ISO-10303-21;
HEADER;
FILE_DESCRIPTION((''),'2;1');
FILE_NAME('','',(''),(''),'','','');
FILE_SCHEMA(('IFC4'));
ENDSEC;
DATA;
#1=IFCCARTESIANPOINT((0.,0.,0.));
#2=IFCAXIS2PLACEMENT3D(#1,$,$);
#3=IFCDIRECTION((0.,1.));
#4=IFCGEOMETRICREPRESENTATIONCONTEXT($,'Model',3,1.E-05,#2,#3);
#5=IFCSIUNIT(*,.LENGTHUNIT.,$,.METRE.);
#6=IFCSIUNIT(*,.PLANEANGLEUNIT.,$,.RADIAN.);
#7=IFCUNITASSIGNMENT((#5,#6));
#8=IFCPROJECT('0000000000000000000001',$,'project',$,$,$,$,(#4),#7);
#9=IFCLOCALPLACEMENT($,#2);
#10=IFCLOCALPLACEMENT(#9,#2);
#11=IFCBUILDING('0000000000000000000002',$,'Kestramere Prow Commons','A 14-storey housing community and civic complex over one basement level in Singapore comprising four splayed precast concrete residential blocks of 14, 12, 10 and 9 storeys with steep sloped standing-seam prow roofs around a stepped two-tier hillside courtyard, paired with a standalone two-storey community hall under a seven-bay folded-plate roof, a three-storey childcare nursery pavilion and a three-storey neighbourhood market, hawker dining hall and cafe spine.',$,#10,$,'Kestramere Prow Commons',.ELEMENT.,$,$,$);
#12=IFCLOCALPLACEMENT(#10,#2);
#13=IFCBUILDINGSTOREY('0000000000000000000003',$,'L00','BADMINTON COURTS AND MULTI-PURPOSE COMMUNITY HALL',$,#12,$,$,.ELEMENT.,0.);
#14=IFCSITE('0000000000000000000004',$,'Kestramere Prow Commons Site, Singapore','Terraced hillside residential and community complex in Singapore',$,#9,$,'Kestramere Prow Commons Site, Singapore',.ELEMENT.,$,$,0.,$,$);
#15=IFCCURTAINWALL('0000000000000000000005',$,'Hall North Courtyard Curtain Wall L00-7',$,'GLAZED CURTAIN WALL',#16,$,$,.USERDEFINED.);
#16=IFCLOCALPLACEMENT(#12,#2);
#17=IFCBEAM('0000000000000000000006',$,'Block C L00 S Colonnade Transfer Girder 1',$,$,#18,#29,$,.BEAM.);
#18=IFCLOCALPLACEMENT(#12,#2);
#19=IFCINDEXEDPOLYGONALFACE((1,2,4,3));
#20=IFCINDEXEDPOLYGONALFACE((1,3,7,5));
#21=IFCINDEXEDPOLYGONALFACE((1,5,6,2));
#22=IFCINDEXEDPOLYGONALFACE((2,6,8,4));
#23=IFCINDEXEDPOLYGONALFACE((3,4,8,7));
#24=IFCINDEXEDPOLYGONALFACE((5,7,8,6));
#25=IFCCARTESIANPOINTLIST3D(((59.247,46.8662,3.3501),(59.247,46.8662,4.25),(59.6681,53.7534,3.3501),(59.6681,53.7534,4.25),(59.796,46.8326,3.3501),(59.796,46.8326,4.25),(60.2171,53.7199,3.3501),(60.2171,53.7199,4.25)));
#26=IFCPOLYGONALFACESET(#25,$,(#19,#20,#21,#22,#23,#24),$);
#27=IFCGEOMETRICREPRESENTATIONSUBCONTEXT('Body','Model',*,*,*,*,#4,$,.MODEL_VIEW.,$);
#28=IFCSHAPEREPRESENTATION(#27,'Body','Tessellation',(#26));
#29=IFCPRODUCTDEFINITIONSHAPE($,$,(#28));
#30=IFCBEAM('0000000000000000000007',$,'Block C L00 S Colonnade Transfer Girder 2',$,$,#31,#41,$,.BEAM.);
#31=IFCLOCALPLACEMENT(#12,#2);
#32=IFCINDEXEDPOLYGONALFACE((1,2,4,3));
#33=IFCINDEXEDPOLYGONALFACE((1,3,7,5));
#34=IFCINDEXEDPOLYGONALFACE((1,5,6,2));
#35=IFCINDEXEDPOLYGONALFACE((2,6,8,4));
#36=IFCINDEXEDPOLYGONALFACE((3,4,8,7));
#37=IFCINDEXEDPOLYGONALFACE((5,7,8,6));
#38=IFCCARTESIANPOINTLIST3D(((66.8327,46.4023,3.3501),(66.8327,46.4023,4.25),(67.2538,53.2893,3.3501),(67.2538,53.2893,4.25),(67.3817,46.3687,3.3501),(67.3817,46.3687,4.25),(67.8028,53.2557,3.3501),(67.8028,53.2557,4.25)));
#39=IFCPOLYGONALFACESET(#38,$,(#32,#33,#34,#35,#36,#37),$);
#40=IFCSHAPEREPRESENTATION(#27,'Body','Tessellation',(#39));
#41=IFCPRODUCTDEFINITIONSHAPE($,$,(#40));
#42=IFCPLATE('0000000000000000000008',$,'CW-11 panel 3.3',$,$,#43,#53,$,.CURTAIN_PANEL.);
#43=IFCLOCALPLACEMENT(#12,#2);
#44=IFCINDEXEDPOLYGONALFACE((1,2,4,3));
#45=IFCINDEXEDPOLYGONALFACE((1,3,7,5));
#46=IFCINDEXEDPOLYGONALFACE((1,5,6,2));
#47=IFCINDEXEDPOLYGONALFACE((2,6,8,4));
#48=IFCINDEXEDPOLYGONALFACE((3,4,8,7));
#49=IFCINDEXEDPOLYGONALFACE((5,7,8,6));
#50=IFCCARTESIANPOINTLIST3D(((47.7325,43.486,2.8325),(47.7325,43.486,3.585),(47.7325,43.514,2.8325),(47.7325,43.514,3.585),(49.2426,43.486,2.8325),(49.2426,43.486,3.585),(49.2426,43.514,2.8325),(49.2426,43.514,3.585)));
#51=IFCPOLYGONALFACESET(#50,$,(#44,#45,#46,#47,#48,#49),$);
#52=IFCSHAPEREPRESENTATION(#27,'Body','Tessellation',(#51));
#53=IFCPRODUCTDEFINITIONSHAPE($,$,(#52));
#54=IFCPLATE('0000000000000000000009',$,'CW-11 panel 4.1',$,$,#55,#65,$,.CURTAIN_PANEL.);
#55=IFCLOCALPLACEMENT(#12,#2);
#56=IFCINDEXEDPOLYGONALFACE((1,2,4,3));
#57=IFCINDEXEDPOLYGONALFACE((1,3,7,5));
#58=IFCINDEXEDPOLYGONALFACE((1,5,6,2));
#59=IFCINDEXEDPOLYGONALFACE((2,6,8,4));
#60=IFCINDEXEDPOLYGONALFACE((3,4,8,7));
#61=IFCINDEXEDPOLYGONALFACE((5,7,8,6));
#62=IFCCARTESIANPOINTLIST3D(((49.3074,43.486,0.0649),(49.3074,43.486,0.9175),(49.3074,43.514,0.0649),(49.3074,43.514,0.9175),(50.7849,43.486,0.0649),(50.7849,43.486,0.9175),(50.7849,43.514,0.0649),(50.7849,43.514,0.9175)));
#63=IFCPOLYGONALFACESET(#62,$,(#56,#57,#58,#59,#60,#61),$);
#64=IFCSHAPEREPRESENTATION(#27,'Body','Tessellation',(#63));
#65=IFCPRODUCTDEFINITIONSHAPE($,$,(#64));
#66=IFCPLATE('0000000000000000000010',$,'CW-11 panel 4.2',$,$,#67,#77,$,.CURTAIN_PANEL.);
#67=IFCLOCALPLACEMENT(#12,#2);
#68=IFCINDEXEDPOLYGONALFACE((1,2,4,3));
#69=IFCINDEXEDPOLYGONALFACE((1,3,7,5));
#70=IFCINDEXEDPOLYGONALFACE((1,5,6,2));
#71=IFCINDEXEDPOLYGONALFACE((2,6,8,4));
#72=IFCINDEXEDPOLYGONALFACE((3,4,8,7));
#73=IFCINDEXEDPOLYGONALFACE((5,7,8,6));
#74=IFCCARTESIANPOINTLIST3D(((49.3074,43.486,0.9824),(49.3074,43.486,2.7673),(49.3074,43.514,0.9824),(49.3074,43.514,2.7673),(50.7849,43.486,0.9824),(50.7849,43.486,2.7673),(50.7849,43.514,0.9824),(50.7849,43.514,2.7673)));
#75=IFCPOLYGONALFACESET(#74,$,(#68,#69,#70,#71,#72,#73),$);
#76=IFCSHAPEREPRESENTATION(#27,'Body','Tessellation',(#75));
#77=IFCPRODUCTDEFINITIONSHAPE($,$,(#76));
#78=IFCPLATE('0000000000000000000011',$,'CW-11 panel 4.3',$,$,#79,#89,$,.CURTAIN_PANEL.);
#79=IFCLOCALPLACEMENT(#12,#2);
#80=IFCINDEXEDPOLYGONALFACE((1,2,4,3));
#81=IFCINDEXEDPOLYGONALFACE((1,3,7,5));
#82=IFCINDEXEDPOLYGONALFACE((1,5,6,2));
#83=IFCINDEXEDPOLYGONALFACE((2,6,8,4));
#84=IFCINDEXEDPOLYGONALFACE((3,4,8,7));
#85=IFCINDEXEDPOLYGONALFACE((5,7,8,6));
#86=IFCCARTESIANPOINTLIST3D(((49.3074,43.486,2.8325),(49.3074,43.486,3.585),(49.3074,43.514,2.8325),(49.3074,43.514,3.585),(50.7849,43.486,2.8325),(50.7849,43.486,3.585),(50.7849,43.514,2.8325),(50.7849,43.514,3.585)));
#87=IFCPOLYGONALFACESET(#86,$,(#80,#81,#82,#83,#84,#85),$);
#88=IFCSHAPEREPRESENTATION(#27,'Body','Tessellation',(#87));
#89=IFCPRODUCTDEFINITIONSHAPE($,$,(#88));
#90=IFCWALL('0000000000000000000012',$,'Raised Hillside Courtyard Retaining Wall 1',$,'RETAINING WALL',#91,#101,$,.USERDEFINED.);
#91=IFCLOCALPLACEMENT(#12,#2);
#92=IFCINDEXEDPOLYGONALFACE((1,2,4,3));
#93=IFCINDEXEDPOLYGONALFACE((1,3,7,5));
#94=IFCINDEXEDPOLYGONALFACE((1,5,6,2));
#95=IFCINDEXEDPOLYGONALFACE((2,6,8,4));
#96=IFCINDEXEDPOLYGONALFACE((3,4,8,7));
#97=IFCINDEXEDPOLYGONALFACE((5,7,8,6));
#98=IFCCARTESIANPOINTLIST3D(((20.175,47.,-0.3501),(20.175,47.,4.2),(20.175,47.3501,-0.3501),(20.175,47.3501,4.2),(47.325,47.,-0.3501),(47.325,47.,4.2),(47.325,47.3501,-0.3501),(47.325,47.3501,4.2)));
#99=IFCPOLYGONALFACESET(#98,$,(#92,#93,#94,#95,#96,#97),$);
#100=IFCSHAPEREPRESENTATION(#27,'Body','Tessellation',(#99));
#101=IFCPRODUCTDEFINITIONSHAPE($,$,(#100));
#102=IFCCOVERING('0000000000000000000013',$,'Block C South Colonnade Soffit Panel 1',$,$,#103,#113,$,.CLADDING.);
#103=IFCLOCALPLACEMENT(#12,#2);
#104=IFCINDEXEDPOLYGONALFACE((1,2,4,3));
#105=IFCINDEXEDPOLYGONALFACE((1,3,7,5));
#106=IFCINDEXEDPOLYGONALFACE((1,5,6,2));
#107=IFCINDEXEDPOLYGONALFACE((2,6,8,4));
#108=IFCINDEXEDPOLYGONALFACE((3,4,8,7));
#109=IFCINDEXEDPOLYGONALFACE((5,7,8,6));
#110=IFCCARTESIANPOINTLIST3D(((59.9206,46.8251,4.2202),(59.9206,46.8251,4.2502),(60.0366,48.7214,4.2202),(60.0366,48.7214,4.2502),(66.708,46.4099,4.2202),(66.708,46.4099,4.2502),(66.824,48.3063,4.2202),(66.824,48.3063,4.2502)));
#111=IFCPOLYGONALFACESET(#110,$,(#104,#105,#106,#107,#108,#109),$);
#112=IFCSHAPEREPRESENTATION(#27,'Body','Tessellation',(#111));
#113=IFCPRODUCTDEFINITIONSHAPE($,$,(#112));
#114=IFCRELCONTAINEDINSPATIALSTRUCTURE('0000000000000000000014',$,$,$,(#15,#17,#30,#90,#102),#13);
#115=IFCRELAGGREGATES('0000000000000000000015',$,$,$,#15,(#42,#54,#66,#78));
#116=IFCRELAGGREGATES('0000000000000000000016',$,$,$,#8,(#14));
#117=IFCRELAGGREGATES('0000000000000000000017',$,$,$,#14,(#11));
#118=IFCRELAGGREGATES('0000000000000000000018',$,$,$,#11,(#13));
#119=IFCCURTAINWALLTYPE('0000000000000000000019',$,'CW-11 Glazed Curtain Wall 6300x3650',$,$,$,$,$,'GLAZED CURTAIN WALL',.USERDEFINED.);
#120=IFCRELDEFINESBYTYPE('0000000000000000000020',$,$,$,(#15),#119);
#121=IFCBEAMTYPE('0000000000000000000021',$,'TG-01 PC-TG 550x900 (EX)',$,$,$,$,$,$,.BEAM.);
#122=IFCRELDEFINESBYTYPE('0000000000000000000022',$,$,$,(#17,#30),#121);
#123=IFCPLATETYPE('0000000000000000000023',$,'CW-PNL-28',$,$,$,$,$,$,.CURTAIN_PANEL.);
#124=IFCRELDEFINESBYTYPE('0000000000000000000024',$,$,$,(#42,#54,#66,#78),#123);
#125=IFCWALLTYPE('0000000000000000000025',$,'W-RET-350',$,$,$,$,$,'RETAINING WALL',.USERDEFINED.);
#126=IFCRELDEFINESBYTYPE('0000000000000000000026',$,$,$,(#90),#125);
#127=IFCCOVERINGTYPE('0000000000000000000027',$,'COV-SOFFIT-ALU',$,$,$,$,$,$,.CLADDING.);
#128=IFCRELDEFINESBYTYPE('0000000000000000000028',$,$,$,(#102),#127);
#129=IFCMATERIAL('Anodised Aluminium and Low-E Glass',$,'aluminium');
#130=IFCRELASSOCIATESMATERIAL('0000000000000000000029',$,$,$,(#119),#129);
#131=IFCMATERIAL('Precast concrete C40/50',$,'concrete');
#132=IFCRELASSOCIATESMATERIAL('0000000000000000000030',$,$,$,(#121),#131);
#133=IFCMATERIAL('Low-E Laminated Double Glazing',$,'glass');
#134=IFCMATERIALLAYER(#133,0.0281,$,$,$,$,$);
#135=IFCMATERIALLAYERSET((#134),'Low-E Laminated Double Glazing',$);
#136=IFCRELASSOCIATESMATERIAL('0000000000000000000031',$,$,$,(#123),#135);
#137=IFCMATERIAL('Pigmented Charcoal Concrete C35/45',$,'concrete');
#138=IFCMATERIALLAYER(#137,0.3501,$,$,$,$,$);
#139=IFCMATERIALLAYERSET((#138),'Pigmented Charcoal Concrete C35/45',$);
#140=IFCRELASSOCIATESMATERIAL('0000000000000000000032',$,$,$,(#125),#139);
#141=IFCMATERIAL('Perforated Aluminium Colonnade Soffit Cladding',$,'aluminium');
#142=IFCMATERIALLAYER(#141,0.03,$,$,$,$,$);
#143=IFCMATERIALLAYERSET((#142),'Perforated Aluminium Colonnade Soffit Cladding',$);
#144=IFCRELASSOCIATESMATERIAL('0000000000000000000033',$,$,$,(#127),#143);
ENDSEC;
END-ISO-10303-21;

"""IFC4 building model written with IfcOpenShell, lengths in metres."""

from ifc_helpers import new_model, si_unit, direction, frame, frame_2d, origin, origin_2d, place, context, subcontext, project, spatial, rectangle, extrude, material, layer, layer_set, material_profile, profile_set, type_object, element, aggregate, save


model = new_model("IFC4")

# Units and contexts
model_context = context("Model", 3, precision=1e-05, world=origin(), true_north=direction((0.0, 1.0)))
body_context = subcontext(model_context, "Body", "Model", "MODEL_VIEW")
ifc_project = project(units=[si_unit("LENGTHUNIT", "METRE"), si_unit("PLANEANGLEUNIT", "RADIAN")], contexts=[model_context])

# Site, building, storey
site_placement = place(None, origin())
site = spatial("IfcSite", under=ifc_project, at=site_placement, Name="Kestramere Prow Commons Site, Singapore", Description="Terraced hillside residential and community complex in Singapore", LongName="Kestramere Prow Commons Site, Singapore", CompositionType="ELEMENT", RefElevation=0.0)
building_placement = place(site_placement, origin())
building = spatial("IfcBuilding", under=site, at=building_placement, Name="Kestramere Prow Commons", Description="A 14-storey housing community and civic complex over one basement level in Singapore comprising four splayed precast concrete residential blocks of 14, 12, 10 and 9 storeys with steep sloped standing-seam prow roofs around a stepped two-tier hillside courtyard, paired with a standalone two-storey community hall under a seven-bay folded-plate roof, a three-storey childcare nursery pavilion and a three-storey neighbourhood market, hawker dining hall and cafe spine.", LongName="Kestramere Prow Commons", CompositionType="ELEMENT")
storey_placement = place(building_placement, origin())
storey = spatial("IfcBuildingStorey", under=building, at=storey_placement, Name="L00", Description="BADMINTON COURTS AND MULTI-PURPOSE COMMUNITY HALL", CompositionType="ELEMENT", Elevation=0.0)

# Shared definitions
ifc_material_1 = material(Name="Precast concrete C40/50", Category="concrete")

# Curtain wall
ifc_material_2 = material(Name="Anodised Aluminium and Low-E Glass", Category="aluminium")
curtain_wall_type = type_object("IfcCurtainWallType", Name="CW-11 Glazed Curtain Wall 6300x3650", ElementType="GLAZED CURTAIN WALL", PredefinedType="USERDEFINED", material=ifc_material_2)
curtain_wall_placement = place(storey_placement, origin())
curtain_wall = element("IfcCurtainWall", 1, at=curtain_wall_placement, inside=storey, type_object=curtain_wall_type, Name="Hall North Courtyard Curtain Wall L00-7", ObjectType="GLAZED CURTAIN WALL", PredefinedType="USERDEFINED")

# Beams
ifc_material_profile_1 = material_profile(ifc_material_1, rectangle(XDim=0.55, YDim=0.8999, at=origin_2d()), Name="PC-TG 550x900")
ifc_profile_set_1 = profile_set([ifc_material_profile_1], Name="Precast concrete C40/50")
beam_type = type_object("IfcBeamType", Name="TG-01 PC-TG 550x900 (EX)", PredefinedType="BEAM", material=ifc_profile_set_1)
beam_1_placement = place(storey_placement, frame((59.5215, 46.8494, 3.8), z_axis=(0.061035, 0.998136, 0.0), x_axis=(-0.998136, 0.061035, 0.0)))
element("IfcBeam", 2, at=beam_1_placement, inside=storey, type_object=beam_type, Name="Block C L00 S Colonnade Transfer Girder 1", PredefinedType="BEAM", context=body_context, shape_type="SweptSolid", body=[
    extrude(rectangle(XDim=0.55, YDim=0.8999, at=origin_2d()), origin(), (0.0, 0.0, 1.0), 6.9001),
])
beam_2_placement = place(storey_placement, frame((67.1072, 46.3855, 3.8), z_axis=(0.061037, 0.998136, 0.0), x_axis=(-0.998136, 0.061037, 0.0)))
element("IfcBeam", 3, at=beam_2_placement, inside=storey, type_object=beam_type, Name="Block C L00 S Colonnade Transfer Girder 2", PredefinedType="BEAM", context=body_context, shape_type="SweptSolid", body=[
    extrude(rectangle(XDim=0.55, YDim=0.8999, at=origin_2d()), origin(), (0.0, 0.0, 1.0), 6.8999),
])

# Plates
ifc_material_3 = material(Name="Low-E Laminated Double Glazing", Category="glass")
ifc_layer_1 = layer(ifc_material_3, 0.0281)
ifc_layer_set_1 = layer_set([ifc_layer_1], Name="Low-E Laminated Double Glazing")
plate_type = type_object("IfcPlateType", Name="CW-PNL-28", PredefinedType="CURTAIN_PANEL", material=ifc_layer_set_1)
plate_1_placement = place(storey_placement, frame((48.4875, 43.5, 2.8325), z_axis=(0.0, 0.0, 1.0), x_axis=(1.0, 0.0, 0.0)))
plate_1 = element("IfcPlate", 4, at=plate_1_placement, type_object=plate_type, Name="CW-11 panel 3.3", PredefinedType="CURTAIN_PANEL", context=body_context, shape_type="SweptSolid", body=[
    extrude(rectangle(XDim=1.51, YDim=0.0281, at=origin_2d()), origin(), (0.0, 0.0, 1.0), 0.7524),
])
plate_2_placement = place(storey_placement, frame((50.0461, 43.5, 0.0649), z_axis=(0.0, 0.0, 1.0), x_axis=(1.0, 0.0, 0.0)))
plate_2 = element("IfcPlate", 5, at=plate_2_placement, type_object=plate_type, Name="CW-11 panel 4.1", PredefinedType="CURTAIN_PANEL", context=body_context, shape_type="SweptSolid", body=[
    extrude(rectangle(XDim=1.4775, YDim=0.0281, at=origin_2d()), origin(), (0.0, 0.0, 1.0), 0.8525),
])
plate_3_placement = place(storey_placement, frame((50.0461, 43.5, 0.9824), z_axis=(0.0, 0.0, 1.0), x_axis=(1.0, 0.0, 0.0)))
plate_3 = element("IfcPlate", 6, at=plate_3_placement, type_object=plate_type, Name="CW-11 panel 4.2", PredefinedType="CURTAIN_PANEL", context=body_context, shape_type="SweptSolid", body=[
    extrude(rectangle(XDim=1.4775, YDim=0.0281, at=origin_2d()), origin(), (0.0, 0.0, 1.0), 1.7849),
])
plate_4_placement = place(storey_placement, frame((50.0461, 43.5, 2.8325), z_axis=(0.0, 0.0, 1.0), x_axis=(1.0, 0.0, 0.0)))
plate_4 = element("IfcPlate", 7, at=plate_4_placement, type_object=plate_type, Name="CW-11 panel 4.3", PredefinedType="CURTAIN_PANEL", context=body_context, shape_type="SweptSolid", body=[
    extrude(rectangle(XDim=1.4775, YDim=0.0281, at=origin_2d()), origin(), (0.0, 0.0, 1.0), 0.7524),
])
aggregate(curtain_wall, [plate_1, plate_2, plate_3, plate_4])

# Wall
ifc_material_4 = material(Name="Pigmented Charcoal Concrete C35/45", Category="concrete")
ifc_layer_2 = layer(ifc_material_4, 0.3501)
ifc_layer_set_2 = layer_set([ifc_layer_2], Name="Pigmented Charcoal Concrete C35/45")
wall_type = type_object("IfcWallType", Name="W-RET-350", ElementType="RETAINING WALL", PredefinedType="USERDEFINED", material=ifc_layer_set_2)
wall_placement = place(storey_placement, frame((47.325, 47.175, -0.3501), z_axis=(0.0, 0.0, 1.0), x_axis=(-1.0, 0.0, 0.0)))
element("IfcWall", 8, at=wall_placement, inside=storey, type_object=wall_type, Name="Raised Hillside Courtyard Retaining Wall 1", ObjectType="RETAINING WALL", PredefinedType="USERDEFINED", context=body_context, shape_type="SweptSolid", body=[
    extrude(rectangle(XDim=27.1499, YDim=0.3501, at=frame_2d((13.575, 0.0))), origin(), (0.0, 0.0, 1.0), 4.55),
])

# Covering
ifc_material_5 = material(Name="Perforated Aluminium Colonnade Soffit Cladding", Category="aluminium")
ifc_layer_3 = layer(ifc_material_5, 0.03)
ifc_layer_set_3 = layer_set([ifc_layer_3], Name="Perforated Aluminium Colonnade Soffit Cladding")
covering_type = type_object("IfcCoveringType", Name="COV-SOFFIT-ALU", PredefinedType="CLADDING", material=ifc_layer_set_3)
covering_placement = place(storey_placement, frame((63.3723, 47.5657, 4.2202), z_axis=(0.0, 0.0, 1.0), x_axis=(0.998135, -0.061049, 0.0)))
element("IfcCovering", 9, at=covering_placement, inside=storey, type_object=covering_type, Name="Block C South Colonnade Soffit Panel 1", PredefinedType="CLADDING", context=body_context, shape_type="SweptSolid", body=[
    extrude(rectangle(XDim=6.8, YDim=1.8999, at=origin_2d()), origin(), (0.0, 0.0, 1.0), 0.03),
])

save(model, "model.ifc")
